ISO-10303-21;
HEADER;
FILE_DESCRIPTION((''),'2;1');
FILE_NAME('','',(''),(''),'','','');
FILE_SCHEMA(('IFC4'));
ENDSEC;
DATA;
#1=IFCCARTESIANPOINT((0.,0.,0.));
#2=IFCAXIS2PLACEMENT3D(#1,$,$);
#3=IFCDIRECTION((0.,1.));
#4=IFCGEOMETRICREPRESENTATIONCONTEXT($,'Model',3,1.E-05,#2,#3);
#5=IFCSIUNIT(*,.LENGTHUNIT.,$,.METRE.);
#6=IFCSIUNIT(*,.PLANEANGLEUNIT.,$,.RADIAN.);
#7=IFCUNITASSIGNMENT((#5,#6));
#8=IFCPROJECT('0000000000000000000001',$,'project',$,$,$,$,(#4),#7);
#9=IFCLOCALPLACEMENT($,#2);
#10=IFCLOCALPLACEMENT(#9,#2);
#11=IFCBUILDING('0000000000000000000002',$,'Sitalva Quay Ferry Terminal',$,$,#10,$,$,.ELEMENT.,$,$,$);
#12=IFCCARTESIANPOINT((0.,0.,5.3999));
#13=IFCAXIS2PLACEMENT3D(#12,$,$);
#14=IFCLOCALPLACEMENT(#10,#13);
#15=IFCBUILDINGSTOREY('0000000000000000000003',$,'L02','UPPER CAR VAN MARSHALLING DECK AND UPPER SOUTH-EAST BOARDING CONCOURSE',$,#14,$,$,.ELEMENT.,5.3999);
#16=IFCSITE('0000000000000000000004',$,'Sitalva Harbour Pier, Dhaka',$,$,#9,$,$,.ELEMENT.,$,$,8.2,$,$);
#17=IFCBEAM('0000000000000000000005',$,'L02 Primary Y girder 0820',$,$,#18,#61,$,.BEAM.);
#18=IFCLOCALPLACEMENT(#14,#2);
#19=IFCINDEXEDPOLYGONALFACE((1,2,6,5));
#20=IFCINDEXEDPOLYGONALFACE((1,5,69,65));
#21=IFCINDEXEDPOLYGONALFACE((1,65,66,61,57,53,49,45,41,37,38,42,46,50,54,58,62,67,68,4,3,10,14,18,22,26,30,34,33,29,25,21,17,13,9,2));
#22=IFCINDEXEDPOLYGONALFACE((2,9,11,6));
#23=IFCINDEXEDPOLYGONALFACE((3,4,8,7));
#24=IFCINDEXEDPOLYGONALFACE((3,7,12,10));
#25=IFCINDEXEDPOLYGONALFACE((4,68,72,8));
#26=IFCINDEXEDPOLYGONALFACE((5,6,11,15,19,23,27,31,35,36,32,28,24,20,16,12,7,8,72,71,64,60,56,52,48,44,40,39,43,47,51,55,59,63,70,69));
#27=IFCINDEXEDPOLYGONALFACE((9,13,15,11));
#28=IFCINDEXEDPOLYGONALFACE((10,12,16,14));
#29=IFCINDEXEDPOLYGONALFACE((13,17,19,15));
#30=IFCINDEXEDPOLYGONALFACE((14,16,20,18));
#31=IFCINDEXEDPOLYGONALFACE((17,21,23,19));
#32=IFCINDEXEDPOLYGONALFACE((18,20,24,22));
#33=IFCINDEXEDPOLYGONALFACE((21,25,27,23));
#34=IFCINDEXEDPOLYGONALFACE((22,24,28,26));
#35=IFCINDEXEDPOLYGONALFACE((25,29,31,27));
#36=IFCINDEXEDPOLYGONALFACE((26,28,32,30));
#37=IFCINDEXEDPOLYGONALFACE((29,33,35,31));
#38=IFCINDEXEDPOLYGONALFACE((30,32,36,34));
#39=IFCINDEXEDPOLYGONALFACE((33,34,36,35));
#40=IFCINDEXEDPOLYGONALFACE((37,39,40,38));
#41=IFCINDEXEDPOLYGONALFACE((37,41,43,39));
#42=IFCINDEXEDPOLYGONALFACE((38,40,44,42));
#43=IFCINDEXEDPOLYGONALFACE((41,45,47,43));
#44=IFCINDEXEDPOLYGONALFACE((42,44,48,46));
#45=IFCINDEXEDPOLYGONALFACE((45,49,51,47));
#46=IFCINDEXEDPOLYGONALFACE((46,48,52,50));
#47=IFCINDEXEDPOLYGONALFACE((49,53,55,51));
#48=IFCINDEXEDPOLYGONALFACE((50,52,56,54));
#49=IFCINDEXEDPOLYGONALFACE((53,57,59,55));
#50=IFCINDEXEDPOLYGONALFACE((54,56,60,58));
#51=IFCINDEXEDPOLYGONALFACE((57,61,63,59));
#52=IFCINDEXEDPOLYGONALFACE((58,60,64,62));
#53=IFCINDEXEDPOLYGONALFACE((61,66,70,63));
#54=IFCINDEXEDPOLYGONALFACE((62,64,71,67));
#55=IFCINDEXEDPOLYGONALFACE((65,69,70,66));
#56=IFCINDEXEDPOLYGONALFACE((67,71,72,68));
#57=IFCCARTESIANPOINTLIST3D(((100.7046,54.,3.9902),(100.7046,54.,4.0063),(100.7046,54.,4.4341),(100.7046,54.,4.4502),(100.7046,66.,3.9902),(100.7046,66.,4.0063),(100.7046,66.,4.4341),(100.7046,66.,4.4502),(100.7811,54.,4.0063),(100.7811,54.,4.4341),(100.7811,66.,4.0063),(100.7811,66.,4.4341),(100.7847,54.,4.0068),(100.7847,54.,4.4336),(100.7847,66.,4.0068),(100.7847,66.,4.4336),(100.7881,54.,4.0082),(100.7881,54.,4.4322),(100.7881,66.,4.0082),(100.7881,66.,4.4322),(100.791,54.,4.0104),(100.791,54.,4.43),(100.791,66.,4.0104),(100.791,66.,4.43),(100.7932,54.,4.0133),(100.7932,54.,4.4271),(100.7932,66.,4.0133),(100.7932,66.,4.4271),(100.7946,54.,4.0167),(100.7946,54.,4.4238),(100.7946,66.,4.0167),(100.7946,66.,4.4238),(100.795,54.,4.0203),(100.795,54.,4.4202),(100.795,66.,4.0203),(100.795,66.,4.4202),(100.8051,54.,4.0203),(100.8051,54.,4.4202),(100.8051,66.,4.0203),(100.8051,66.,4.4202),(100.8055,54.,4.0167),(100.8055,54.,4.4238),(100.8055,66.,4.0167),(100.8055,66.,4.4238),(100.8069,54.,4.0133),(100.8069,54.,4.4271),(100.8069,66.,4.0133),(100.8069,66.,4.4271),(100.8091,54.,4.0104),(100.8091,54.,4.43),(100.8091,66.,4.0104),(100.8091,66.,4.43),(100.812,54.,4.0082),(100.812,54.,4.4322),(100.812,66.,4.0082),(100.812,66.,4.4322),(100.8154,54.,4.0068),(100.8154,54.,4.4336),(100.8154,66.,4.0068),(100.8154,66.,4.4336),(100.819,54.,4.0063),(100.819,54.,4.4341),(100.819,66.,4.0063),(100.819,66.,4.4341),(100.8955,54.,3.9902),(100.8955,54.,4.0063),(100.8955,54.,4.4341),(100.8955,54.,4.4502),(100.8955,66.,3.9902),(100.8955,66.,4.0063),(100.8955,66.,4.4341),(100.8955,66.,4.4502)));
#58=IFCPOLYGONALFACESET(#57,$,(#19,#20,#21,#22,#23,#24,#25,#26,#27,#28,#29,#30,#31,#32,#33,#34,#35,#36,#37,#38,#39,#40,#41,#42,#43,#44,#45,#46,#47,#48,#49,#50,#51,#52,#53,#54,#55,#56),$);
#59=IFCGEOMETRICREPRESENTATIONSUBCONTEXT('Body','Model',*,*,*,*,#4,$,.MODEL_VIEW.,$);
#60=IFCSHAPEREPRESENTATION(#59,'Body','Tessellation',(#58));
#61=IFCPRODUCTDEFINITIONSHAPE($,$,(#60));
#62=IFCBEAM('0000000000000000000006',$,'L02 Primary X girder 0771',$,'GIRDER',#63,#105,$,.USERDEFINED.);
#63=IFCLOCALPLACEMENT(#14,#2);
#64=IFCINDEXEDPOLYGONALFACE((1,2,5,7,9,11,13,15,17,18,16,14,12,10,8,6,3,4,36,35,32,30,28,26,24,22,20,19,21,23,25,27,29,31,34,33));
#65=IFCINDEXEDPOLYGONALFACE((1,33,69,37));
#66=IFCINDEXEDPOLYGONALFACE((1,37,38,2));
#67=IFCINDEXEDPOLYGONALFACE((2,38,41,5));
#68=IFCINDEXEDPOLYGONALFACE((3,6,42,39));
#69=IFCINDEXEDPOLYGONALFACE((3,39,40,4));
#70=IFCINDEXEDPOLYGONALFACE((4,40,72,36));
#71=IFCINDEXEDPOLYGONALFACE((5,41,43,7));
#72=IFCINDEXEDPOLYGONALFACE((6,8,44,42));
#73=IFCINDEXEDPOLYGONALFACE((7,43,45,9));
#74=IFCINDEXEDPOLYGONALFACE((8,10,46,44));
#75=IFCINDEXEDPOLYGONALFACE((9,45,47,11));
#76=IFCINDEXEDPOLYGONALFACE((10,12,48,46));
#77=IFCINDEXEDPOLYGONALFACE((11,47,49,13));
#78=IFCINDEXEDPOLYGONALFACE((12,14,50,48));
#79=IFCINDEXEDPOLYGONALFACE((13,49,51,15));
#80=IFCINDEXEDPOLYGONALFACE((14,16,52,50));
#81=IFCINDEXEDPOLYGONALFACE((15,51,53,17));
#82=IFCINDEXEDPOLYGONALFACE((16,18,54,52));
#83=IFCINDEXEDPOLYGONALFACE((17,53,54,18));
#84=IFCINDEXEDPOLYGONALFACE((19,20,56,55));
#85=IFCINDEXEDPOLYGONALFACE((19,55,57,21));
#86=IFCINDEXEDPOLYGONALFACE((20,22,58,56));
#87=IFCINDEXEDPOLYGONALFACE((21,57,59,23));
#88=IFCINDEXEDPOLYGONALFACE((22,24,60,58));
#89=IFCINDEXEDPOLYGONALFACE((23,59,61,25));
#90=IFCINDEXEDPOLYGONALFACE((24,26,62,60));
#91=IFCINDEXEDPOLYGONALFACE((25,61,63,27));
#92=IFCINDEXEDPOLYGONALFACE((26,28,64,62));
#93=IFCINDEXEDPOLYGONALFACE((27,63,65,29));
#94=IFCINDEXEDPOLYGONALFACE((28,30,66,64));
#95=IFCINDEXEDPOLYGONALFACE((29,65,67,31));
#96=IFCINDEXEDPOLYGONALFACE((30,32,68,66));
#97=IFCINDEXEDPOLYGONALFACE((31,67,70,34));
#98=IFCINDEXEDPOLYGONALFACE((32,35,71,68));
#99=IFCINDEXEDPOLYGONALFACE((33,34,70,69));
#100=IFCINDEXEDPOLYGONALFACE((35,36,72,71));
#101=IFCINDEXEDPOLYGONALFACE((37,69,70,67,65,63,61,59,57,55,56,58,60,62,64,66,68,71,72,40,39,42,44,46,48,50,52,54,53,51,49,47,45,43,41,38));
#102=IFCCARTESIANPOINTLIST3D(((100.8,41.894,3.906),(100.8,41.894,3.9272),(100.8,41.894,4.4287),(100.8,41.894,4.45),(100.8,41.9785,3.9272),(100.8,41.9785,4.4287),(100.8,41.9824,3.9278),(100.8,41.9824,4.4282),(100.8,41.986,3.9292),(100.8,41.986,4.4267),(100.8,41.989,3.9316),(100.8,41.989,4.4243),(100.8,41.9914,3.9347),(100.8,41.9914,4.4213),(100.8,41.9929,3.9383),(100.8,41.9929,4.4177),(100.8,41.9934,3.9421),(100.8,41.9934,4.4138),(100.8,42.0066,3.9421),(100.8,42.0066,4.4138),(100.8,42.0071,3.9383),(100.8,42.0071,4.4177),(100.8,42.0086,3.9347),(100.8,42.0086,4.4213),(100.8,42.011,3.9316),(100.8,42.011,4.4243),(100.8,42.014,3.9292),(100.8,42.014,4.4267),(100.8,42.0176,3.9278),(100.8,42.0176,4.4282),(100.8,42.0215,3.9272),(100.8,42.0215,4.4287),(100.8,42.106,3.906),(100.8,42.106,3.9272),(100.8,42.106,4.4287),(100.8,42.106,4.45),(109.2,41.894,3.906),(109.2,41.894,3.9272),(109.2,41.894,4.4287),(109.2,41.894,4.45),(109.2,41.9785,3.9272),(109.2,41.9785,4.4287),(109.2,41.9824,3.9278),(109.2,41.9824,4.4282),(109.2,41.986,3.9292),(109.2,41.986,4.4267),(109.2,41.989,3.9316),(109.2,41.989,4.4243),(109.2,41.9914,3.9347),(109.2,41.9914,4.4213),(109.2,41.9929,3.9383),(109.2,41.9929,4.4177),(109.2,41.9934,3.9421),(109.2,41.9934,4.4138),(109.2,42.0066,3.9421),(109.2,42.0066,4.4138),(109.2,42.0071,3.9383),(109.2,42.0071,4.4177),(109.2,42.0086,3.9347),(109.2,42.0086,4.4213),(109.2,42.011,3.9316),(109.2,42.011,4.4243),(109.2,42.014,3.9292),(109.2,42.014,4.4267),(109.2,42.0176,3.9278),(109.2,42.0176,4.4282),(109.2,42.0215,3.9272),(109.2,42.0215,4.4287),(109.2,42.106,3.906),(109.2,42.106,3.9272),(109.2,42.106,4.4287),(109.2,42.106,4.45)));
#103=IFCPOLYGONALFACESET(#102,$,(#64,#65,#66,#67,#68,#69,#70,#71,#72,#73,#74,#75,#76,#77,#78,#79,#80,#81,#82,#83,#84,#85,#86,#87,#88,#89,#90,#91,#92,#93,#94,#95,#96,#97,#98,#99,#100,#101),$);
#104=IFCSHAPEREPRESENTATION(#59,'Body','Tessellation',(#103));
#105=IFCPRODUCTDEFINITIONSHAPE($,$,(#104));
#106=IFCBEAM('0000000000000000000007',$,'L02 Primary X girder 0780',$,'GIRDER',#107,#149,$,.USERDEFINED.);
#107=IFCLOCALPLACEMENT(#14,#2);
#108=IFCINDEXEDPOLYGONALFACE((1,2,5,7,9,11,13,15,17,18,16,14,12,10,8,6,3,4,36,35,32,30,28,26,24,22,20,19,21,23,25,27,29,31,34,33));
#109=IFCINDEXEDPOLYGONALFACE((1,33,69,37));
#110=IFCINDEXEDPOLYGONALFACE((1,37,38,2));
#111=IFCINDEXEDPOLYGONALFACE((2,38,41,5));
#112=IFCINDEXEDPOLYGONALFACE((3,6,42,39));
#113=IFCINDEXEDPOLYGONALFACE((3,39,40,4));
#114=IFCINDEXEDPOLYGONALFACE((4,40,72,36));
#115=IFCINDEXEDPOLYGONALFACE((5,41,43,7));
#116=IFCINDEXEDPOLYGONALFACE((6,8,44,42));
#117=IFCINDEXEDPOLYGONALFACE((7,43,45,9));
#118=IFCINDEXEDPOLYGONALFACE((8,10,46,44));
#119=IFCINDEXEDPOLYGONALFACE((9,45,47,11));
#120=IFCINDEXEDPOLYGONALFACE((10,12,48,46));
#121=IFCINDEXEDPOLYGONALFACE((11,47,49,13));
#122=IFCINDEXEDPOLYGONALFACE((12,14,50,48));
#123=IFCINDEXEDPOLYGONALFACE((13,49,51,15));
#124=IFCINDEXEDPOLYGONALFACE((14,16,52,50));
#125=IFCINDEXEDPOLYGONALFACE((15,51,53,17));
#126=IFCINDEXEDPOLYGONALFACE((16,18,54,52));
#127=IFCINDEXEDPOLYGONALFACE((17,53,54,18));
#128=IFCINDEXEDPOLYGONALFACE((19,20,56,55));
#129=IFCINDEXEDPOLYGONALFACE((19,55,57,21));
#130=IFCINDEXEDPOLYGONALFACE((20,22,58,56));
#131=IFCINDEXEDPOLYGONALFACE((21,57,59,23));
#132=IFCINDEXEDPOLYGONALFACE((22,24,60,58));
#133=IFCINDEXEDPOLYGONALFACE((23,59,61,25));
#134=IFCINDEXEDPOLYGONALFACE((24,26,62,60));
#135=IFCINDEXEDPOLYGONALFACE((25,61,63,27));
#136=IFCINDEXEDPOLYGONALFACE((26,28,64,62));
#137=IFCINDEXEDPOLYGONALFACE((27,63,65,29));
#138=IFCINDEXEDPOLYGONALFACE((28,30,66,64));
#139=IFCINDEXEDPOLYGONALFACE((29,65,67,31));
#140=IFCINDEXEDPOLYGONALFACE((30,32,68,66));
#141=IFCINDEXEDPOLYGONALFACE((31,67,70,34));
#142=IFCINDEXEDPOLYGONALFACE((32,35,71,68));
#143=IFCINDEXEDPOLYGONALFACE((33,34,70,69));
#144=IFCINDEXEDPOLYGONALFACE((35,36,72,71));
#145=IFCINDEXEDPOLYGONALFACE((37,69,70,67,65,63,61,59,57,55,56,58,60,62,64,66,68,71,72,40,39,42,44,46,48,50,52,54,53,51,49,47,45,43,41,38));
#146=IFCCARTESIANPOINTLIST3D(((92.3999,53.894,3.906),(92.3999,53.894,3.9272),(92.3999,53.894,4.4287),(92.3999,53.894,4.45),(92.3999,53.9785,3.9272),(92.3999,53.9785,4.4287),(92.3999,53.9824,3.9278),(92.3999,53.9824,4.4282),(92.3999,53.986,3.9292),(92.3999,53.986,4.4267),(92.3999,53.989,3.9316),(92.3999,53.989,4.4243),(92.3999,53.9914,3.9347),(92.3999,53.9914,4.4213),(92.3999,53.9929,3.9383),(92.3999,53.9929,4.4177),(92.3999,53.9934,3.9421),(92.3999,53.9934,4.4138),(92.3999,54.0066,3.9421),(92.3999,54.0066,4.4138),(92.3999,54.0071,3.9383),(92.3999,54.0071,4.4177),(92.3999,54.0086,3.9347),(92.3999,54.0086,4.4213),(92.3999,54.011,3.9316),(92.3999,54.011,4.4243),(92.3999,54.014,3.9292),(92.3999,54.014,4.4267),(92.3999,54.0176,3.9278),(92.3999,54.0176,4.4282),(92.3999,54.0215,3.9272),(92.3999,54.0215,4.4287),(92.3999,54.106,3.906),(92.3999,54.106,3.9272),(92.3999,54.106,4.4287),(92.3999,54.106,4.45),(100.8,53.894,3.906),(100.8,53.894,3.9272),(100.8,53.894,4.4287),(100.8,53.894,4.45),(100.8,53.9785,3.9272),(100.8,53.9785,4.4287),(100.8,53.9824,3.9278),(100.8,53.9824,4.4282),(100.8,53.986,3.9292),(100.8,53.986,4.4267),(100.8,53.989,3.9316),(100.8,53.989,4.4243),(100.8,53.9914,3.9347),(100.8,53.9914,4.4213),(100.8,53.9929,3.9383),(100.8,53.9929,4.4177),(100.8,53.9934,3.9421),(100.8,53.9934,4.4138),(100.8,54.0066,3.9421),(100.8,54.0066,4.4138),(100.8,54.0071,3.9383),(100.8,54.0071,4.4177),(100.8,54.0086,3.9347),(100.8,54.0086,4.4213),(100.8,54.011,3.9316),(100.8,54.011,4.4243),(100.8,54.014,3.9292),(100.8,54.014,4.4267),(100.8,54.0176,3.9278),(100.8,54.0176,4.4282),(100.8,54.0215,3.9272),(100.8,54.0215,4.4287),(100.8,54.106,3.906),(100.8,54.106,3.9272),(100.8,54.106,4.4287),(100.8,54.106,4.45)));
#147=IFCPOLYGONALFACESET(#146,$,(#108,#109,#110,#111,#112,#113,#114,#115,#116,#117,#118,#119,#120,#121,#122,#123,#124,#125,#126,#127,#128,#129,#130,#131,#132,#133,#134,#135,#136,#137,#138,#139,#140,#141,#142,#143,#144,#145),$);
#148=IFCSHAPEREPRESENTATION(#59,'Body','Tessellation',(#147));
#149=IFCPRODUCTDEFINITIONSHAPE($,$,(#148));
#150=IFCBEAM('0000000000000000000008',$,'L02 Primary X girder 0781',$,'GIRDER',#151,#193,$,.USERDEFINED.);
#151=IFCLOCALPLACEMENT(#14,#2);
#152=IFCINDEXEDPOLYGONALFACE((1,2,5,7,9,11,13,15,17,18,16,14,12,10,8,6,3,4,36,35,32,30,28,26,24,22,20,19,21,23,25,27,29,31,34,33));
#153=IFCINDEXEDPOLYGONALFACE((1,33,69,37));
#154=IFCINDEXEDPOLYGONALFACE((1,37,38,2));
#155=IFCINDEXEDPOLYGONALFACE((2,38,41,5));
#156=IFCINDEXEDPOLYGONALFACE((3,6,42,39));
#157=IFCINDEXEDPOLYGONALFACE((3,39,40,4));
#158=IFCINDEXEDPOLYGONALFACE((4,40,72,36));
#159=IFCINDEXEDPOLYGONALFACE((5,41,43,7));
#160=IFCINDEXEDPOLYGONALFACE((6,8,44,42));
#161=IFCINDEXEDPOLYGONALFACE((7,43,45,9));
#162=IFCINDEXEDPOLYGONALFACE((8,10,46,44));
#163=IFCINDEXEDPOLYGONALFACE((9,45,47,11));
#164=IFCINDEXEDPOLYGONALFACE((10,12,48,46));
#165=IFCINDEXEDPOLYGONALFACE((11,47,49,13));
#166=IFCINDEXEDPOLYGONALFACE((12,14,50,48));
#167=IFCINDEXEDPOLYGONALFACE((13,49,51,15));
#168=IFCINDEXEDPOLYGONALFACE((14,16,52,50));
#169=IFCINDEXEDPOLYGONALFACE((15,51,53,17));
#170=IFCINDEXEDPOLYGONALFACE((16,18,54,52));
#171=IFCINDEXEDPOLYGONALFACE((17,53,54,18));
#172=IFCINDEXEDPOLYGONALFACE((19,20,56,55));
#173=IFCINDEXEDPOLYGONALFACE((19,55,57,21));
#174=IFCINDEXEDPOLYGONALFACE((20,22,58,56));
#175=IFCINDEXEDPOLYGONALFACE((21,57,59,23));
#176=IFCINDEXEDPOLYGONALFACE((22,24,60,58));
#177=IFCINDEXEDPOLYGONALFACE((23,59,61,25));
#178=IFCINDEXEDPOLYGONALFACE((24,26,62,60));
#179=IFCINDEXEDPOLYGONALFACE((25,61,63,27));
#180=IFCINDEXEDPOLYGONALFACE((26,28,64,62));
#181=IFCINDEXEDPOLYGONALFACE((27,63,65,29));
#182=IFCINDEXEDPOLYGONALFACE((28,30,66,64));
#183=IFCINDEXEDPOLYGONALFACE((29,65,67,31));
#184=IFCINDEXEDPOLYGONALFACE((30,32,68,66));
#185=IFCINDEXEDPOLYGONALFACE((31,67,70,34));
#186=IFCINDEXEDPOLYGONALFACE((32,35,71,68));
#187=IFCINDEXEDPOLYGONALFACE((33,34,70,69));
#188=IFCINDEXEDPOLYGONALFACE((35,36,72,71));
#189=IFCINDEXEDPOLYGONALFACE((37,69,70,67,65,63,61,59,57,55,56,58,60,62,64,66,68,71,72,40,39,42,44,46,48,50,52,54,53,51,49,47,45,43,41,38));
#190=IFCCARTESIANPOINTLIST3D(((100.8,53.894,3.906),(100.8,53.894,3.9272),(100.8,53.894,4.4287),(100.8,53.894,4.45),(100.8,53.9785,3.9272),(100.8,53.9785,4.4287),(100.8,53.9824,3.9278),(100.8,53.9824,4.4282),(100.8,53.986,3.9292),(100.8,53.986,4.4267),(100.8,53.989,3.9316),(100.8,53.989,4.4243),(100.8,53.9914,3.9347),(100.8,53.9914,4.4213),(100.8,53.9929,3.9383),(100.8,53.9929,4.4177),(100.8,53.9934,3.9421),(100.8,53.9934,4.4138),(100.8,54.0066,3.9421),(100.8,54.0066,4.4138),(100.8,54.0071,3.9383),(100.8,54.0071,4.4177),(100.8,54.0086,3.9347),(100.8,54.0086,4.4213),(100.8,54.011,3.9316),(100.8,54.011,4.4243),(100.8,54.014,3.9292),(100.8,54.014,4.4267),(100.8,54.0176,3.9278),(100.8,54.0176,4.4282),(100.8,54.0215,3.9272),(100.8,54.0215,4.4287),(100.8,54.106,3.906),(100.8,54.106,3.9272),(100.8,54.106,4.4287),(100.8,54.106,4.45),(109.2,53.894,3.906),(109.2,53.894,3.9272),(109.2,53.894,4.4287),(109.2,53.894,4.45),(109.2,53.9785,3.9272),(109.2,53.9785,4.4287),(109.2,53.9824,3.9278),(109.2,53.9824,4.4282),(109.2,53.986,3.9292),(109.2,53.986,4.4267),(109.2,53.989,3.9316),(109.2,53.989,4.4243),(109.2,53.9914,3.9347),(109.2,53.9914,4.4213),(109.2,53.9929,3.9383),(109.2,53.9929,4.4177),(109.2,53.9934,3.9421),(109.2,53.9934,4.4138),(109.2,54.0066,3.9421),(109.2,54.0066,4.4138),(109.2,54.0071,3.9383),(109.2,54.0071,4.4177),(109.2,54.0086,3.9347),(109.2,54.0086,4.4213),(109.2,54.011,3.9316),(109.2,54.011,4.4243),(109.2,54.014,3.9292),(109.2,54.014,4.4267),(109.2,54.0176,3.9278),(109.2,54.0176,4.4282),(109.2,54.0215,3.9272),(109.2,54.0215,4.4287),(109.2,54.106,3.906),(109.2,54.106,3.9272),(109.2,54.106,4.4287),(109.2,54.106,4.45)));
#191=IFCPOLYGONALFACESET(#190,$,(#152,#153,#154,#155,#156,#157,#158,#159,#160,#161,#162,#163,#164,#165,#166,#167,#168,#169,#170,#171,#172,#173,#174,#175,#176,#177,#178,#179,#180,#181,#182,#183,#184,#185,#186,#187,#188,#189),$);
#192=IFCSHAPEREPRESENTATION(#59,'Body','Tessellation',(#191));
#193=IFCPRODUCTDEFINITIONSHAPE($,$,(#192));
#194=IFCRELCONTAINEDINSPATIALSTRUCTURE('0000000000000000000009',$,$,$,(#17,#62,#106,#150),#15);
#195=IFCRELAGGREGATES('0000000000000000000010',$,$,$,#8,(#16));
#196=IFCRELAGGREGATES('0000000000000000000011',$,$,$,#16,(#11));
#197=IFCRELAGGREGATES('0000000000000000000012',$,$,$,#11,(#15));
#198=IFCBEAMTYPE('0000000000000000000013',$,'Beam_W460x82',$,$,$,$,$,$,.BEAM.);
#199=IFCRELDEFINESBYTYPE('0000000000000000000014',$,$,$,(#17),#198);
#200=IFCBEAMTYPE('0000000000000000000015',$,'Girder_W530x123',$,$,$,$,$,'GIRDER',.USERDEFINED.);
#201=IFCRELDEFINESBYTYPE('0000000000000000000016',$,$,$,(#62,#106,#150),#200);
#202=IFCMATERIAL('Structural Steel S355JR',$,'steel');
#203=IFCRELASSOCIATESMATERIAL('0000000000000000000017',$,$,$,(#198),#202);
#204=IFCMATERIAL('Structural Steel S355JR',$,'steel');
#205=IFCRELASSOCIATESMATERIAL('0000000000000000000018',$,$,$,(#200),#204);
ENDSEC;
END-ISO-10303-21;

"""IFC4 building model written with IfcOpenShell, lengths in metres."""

from ifc_helpers import new_model, si_unit, direction, frame, origin, origin_2d, place, context, subcontext, project, spatial, i_section, extrude, material, material_profile, profile_set, type_object, element, save


model = new_model("IFC4")

# Units and contexts
model_context = context("Model", 3, precision=1e-05, world=origin(), true_north=direction((0.0, 1.0)))
body_context = subcontext(model_context, "Body", "Model", "MODEL_VIEW")
ifc_project = project(units=[si_unit("LENGTHUNIT", "METRE"), si_unit("PLANEANGLEUNIT", "RADIAN")], contexts=[model_context])

# Site, building, storey
site_placement = place(None, origin())
site = spatial("IfcSite", under=ifc_project, at=site_placement, Name="Sitalva Harbour Pier, Dhaka", CompositionType="ELEMENT", RefElevation=8.2)
building_placement = place(site_placement, origin())
building = spatial("IfcBuilding", under=site, at=building_placement, Name="Sitalva Quay Ferry Terminal", CompositionType="ELEMENT")
storey_placement = place(building_placement, frame((0.0, 0.0, 5.3999)))
storey = spatial("IfcBuildingStorey", under=building, at=storey_placement, Name="L02", Description="UPPER CAR VAN MARSHALLING DECK AND UPPER SOUTH-EAST BOARDING CONCOURSE", CompositionType="ELEMENT", Elevation=5.3999)

# Beams
ifc_material_1 = material(Name="Structural Steel S355JR", Category="steel")
ifc_material_profile_1 = material_profile(ifc_material_1, i_section(OverallWidth=0.1909, OverallDepth=0.46, WebThickness=0.01, FlangeThickness=0.0161, FilletRadius=0.0139, at=origin_2d()), Name="W460x82")
ifc_profile_set_1 = profile_set([ifc_material_profile_1], Name="Structural Steel S355JR")
beam_type_1 = type_object("IfcBeamType", Name="Beam_W460x82", PredefinedType="BEAM", material=ifc_profile_set_1)
for number, where, z_axis, x_axis, name in (
    (1, (100.8, 54.0, 4.2202), (0.0, 1.0, 0.0), (-1.0, 0.0, 0.0), "L02 Primary Y girder 0820"),
):
    element("IfcBeam", number, at=place(storey_placement, frame(where, z_axis=z_axis, x_axis=x_axis)), inside=storey, type_object=beam_type_1, Name=name, PredefinedType="BEAM", context=body_context, shape_type="SweptSolid", body=[
        extrude(i_section(OverallWidth=0.1909, OverallDepth=0.46, WebThickness=0.01, FlangeThickness=0.0161, FilletRadius=0.0139, at=origin_2d()), origin(), (0.0, 0.0, 1.0), 12.0),
    ])
ifc_material_2 = material(Name="Structural Steel S355JR", Category="steel")
ifc_material_profile_2 = material_profile(ifc_material_2, i_section(OverallWidth=0.2119, OverallDepth=0.5439, WebThickness=0.0132, FlangeThickness=0.0212, FilletRadius=0.0149, at=origin_2d()), Name="W530x123")
ifc_profile_set_2 = profile_set([ifc_material_profile_2], Name="Structural Steel S355JR")
beam_type_2 = type_object("IfcBeamType", Name="Girder_W530x123", ElementType="GIRDER", PredefinedType="USERDEFINED", material=ifc_profile_set_2)
beam_1_placement = place(storey_placement, frame((100.8, 42.0, 4.178), z_axis=(1.0, 0.0, 0.0), x_axis=(0.0, 1.0, 0.0)))
element("IfcBeam", 2, at=beam_1_placement, inside=storey, type_object=beam_type_2, Name="L02 Primary X girder 0771", ObjectType="GIRDER", PredefinedType="USERDEFINED", context=body_context, shape_type="SweptSolid", body=[
    extrude(i_section(OverallWidth=0.2119, OverallDepth=0.5439, WebThickness=0.0132, FlangeThickness=0.0212, FilletRadius=0.0149, at=origin_2d()), origin(), (0.0, 0.0, 1.0), 8.3999),
])
beam_2_placement = place(storey_placement, frame((92.3999, 54.0, 4.178), z_axis=(1.0, 0.0, 0.0), x_axis=(0.0, 1.0, 0.0)))
element("IfcBeam", 3, at=beam_2_placement, inside=storey, type_object=beam_type_2, Name="L02 Primary X girder 0780", ObjectType="GIRDER", PredefinedType="USERDEFINED", context=body_context, shape_type="SweptSolid", body=[
    extrude(i_section(OverallWidth=0.2119, OverallDepth=0.5439, WebThickness=0.0132, FlangeThickness=0.0212, FilletRadius=0.0149, at=origin_2d()), origin(), (0.0, 0.0, 1.0), 8.4001),
])
beam_3_placement = place(storey_placement, frame((100.8, 54.0, 4.178), z_axis=(1.0, 0.0, 0.0), x_axis=(0.0, 1.0, 0.0)))
element("IfcBeam", 4, at=beam_3_placement, inside=storey, type_object=beam_type_2, Name="L02 Primary X girder 0781", ObjectType="GIRDER", PredefinedType="USERDEFINED", context=body_context, shape_type="SweptSolid", body=[
    extrude(i_section(OverallWidth=0.2119, OverallDepth=0.5439, WebThickness=0.0132, FlangeThickness=0.0212, FilletRadius=0.0149, at=origin_2d()), origin(), (0.0, 0.0, 1.0), 8.3999),
])

save(model, "model.ifc")
